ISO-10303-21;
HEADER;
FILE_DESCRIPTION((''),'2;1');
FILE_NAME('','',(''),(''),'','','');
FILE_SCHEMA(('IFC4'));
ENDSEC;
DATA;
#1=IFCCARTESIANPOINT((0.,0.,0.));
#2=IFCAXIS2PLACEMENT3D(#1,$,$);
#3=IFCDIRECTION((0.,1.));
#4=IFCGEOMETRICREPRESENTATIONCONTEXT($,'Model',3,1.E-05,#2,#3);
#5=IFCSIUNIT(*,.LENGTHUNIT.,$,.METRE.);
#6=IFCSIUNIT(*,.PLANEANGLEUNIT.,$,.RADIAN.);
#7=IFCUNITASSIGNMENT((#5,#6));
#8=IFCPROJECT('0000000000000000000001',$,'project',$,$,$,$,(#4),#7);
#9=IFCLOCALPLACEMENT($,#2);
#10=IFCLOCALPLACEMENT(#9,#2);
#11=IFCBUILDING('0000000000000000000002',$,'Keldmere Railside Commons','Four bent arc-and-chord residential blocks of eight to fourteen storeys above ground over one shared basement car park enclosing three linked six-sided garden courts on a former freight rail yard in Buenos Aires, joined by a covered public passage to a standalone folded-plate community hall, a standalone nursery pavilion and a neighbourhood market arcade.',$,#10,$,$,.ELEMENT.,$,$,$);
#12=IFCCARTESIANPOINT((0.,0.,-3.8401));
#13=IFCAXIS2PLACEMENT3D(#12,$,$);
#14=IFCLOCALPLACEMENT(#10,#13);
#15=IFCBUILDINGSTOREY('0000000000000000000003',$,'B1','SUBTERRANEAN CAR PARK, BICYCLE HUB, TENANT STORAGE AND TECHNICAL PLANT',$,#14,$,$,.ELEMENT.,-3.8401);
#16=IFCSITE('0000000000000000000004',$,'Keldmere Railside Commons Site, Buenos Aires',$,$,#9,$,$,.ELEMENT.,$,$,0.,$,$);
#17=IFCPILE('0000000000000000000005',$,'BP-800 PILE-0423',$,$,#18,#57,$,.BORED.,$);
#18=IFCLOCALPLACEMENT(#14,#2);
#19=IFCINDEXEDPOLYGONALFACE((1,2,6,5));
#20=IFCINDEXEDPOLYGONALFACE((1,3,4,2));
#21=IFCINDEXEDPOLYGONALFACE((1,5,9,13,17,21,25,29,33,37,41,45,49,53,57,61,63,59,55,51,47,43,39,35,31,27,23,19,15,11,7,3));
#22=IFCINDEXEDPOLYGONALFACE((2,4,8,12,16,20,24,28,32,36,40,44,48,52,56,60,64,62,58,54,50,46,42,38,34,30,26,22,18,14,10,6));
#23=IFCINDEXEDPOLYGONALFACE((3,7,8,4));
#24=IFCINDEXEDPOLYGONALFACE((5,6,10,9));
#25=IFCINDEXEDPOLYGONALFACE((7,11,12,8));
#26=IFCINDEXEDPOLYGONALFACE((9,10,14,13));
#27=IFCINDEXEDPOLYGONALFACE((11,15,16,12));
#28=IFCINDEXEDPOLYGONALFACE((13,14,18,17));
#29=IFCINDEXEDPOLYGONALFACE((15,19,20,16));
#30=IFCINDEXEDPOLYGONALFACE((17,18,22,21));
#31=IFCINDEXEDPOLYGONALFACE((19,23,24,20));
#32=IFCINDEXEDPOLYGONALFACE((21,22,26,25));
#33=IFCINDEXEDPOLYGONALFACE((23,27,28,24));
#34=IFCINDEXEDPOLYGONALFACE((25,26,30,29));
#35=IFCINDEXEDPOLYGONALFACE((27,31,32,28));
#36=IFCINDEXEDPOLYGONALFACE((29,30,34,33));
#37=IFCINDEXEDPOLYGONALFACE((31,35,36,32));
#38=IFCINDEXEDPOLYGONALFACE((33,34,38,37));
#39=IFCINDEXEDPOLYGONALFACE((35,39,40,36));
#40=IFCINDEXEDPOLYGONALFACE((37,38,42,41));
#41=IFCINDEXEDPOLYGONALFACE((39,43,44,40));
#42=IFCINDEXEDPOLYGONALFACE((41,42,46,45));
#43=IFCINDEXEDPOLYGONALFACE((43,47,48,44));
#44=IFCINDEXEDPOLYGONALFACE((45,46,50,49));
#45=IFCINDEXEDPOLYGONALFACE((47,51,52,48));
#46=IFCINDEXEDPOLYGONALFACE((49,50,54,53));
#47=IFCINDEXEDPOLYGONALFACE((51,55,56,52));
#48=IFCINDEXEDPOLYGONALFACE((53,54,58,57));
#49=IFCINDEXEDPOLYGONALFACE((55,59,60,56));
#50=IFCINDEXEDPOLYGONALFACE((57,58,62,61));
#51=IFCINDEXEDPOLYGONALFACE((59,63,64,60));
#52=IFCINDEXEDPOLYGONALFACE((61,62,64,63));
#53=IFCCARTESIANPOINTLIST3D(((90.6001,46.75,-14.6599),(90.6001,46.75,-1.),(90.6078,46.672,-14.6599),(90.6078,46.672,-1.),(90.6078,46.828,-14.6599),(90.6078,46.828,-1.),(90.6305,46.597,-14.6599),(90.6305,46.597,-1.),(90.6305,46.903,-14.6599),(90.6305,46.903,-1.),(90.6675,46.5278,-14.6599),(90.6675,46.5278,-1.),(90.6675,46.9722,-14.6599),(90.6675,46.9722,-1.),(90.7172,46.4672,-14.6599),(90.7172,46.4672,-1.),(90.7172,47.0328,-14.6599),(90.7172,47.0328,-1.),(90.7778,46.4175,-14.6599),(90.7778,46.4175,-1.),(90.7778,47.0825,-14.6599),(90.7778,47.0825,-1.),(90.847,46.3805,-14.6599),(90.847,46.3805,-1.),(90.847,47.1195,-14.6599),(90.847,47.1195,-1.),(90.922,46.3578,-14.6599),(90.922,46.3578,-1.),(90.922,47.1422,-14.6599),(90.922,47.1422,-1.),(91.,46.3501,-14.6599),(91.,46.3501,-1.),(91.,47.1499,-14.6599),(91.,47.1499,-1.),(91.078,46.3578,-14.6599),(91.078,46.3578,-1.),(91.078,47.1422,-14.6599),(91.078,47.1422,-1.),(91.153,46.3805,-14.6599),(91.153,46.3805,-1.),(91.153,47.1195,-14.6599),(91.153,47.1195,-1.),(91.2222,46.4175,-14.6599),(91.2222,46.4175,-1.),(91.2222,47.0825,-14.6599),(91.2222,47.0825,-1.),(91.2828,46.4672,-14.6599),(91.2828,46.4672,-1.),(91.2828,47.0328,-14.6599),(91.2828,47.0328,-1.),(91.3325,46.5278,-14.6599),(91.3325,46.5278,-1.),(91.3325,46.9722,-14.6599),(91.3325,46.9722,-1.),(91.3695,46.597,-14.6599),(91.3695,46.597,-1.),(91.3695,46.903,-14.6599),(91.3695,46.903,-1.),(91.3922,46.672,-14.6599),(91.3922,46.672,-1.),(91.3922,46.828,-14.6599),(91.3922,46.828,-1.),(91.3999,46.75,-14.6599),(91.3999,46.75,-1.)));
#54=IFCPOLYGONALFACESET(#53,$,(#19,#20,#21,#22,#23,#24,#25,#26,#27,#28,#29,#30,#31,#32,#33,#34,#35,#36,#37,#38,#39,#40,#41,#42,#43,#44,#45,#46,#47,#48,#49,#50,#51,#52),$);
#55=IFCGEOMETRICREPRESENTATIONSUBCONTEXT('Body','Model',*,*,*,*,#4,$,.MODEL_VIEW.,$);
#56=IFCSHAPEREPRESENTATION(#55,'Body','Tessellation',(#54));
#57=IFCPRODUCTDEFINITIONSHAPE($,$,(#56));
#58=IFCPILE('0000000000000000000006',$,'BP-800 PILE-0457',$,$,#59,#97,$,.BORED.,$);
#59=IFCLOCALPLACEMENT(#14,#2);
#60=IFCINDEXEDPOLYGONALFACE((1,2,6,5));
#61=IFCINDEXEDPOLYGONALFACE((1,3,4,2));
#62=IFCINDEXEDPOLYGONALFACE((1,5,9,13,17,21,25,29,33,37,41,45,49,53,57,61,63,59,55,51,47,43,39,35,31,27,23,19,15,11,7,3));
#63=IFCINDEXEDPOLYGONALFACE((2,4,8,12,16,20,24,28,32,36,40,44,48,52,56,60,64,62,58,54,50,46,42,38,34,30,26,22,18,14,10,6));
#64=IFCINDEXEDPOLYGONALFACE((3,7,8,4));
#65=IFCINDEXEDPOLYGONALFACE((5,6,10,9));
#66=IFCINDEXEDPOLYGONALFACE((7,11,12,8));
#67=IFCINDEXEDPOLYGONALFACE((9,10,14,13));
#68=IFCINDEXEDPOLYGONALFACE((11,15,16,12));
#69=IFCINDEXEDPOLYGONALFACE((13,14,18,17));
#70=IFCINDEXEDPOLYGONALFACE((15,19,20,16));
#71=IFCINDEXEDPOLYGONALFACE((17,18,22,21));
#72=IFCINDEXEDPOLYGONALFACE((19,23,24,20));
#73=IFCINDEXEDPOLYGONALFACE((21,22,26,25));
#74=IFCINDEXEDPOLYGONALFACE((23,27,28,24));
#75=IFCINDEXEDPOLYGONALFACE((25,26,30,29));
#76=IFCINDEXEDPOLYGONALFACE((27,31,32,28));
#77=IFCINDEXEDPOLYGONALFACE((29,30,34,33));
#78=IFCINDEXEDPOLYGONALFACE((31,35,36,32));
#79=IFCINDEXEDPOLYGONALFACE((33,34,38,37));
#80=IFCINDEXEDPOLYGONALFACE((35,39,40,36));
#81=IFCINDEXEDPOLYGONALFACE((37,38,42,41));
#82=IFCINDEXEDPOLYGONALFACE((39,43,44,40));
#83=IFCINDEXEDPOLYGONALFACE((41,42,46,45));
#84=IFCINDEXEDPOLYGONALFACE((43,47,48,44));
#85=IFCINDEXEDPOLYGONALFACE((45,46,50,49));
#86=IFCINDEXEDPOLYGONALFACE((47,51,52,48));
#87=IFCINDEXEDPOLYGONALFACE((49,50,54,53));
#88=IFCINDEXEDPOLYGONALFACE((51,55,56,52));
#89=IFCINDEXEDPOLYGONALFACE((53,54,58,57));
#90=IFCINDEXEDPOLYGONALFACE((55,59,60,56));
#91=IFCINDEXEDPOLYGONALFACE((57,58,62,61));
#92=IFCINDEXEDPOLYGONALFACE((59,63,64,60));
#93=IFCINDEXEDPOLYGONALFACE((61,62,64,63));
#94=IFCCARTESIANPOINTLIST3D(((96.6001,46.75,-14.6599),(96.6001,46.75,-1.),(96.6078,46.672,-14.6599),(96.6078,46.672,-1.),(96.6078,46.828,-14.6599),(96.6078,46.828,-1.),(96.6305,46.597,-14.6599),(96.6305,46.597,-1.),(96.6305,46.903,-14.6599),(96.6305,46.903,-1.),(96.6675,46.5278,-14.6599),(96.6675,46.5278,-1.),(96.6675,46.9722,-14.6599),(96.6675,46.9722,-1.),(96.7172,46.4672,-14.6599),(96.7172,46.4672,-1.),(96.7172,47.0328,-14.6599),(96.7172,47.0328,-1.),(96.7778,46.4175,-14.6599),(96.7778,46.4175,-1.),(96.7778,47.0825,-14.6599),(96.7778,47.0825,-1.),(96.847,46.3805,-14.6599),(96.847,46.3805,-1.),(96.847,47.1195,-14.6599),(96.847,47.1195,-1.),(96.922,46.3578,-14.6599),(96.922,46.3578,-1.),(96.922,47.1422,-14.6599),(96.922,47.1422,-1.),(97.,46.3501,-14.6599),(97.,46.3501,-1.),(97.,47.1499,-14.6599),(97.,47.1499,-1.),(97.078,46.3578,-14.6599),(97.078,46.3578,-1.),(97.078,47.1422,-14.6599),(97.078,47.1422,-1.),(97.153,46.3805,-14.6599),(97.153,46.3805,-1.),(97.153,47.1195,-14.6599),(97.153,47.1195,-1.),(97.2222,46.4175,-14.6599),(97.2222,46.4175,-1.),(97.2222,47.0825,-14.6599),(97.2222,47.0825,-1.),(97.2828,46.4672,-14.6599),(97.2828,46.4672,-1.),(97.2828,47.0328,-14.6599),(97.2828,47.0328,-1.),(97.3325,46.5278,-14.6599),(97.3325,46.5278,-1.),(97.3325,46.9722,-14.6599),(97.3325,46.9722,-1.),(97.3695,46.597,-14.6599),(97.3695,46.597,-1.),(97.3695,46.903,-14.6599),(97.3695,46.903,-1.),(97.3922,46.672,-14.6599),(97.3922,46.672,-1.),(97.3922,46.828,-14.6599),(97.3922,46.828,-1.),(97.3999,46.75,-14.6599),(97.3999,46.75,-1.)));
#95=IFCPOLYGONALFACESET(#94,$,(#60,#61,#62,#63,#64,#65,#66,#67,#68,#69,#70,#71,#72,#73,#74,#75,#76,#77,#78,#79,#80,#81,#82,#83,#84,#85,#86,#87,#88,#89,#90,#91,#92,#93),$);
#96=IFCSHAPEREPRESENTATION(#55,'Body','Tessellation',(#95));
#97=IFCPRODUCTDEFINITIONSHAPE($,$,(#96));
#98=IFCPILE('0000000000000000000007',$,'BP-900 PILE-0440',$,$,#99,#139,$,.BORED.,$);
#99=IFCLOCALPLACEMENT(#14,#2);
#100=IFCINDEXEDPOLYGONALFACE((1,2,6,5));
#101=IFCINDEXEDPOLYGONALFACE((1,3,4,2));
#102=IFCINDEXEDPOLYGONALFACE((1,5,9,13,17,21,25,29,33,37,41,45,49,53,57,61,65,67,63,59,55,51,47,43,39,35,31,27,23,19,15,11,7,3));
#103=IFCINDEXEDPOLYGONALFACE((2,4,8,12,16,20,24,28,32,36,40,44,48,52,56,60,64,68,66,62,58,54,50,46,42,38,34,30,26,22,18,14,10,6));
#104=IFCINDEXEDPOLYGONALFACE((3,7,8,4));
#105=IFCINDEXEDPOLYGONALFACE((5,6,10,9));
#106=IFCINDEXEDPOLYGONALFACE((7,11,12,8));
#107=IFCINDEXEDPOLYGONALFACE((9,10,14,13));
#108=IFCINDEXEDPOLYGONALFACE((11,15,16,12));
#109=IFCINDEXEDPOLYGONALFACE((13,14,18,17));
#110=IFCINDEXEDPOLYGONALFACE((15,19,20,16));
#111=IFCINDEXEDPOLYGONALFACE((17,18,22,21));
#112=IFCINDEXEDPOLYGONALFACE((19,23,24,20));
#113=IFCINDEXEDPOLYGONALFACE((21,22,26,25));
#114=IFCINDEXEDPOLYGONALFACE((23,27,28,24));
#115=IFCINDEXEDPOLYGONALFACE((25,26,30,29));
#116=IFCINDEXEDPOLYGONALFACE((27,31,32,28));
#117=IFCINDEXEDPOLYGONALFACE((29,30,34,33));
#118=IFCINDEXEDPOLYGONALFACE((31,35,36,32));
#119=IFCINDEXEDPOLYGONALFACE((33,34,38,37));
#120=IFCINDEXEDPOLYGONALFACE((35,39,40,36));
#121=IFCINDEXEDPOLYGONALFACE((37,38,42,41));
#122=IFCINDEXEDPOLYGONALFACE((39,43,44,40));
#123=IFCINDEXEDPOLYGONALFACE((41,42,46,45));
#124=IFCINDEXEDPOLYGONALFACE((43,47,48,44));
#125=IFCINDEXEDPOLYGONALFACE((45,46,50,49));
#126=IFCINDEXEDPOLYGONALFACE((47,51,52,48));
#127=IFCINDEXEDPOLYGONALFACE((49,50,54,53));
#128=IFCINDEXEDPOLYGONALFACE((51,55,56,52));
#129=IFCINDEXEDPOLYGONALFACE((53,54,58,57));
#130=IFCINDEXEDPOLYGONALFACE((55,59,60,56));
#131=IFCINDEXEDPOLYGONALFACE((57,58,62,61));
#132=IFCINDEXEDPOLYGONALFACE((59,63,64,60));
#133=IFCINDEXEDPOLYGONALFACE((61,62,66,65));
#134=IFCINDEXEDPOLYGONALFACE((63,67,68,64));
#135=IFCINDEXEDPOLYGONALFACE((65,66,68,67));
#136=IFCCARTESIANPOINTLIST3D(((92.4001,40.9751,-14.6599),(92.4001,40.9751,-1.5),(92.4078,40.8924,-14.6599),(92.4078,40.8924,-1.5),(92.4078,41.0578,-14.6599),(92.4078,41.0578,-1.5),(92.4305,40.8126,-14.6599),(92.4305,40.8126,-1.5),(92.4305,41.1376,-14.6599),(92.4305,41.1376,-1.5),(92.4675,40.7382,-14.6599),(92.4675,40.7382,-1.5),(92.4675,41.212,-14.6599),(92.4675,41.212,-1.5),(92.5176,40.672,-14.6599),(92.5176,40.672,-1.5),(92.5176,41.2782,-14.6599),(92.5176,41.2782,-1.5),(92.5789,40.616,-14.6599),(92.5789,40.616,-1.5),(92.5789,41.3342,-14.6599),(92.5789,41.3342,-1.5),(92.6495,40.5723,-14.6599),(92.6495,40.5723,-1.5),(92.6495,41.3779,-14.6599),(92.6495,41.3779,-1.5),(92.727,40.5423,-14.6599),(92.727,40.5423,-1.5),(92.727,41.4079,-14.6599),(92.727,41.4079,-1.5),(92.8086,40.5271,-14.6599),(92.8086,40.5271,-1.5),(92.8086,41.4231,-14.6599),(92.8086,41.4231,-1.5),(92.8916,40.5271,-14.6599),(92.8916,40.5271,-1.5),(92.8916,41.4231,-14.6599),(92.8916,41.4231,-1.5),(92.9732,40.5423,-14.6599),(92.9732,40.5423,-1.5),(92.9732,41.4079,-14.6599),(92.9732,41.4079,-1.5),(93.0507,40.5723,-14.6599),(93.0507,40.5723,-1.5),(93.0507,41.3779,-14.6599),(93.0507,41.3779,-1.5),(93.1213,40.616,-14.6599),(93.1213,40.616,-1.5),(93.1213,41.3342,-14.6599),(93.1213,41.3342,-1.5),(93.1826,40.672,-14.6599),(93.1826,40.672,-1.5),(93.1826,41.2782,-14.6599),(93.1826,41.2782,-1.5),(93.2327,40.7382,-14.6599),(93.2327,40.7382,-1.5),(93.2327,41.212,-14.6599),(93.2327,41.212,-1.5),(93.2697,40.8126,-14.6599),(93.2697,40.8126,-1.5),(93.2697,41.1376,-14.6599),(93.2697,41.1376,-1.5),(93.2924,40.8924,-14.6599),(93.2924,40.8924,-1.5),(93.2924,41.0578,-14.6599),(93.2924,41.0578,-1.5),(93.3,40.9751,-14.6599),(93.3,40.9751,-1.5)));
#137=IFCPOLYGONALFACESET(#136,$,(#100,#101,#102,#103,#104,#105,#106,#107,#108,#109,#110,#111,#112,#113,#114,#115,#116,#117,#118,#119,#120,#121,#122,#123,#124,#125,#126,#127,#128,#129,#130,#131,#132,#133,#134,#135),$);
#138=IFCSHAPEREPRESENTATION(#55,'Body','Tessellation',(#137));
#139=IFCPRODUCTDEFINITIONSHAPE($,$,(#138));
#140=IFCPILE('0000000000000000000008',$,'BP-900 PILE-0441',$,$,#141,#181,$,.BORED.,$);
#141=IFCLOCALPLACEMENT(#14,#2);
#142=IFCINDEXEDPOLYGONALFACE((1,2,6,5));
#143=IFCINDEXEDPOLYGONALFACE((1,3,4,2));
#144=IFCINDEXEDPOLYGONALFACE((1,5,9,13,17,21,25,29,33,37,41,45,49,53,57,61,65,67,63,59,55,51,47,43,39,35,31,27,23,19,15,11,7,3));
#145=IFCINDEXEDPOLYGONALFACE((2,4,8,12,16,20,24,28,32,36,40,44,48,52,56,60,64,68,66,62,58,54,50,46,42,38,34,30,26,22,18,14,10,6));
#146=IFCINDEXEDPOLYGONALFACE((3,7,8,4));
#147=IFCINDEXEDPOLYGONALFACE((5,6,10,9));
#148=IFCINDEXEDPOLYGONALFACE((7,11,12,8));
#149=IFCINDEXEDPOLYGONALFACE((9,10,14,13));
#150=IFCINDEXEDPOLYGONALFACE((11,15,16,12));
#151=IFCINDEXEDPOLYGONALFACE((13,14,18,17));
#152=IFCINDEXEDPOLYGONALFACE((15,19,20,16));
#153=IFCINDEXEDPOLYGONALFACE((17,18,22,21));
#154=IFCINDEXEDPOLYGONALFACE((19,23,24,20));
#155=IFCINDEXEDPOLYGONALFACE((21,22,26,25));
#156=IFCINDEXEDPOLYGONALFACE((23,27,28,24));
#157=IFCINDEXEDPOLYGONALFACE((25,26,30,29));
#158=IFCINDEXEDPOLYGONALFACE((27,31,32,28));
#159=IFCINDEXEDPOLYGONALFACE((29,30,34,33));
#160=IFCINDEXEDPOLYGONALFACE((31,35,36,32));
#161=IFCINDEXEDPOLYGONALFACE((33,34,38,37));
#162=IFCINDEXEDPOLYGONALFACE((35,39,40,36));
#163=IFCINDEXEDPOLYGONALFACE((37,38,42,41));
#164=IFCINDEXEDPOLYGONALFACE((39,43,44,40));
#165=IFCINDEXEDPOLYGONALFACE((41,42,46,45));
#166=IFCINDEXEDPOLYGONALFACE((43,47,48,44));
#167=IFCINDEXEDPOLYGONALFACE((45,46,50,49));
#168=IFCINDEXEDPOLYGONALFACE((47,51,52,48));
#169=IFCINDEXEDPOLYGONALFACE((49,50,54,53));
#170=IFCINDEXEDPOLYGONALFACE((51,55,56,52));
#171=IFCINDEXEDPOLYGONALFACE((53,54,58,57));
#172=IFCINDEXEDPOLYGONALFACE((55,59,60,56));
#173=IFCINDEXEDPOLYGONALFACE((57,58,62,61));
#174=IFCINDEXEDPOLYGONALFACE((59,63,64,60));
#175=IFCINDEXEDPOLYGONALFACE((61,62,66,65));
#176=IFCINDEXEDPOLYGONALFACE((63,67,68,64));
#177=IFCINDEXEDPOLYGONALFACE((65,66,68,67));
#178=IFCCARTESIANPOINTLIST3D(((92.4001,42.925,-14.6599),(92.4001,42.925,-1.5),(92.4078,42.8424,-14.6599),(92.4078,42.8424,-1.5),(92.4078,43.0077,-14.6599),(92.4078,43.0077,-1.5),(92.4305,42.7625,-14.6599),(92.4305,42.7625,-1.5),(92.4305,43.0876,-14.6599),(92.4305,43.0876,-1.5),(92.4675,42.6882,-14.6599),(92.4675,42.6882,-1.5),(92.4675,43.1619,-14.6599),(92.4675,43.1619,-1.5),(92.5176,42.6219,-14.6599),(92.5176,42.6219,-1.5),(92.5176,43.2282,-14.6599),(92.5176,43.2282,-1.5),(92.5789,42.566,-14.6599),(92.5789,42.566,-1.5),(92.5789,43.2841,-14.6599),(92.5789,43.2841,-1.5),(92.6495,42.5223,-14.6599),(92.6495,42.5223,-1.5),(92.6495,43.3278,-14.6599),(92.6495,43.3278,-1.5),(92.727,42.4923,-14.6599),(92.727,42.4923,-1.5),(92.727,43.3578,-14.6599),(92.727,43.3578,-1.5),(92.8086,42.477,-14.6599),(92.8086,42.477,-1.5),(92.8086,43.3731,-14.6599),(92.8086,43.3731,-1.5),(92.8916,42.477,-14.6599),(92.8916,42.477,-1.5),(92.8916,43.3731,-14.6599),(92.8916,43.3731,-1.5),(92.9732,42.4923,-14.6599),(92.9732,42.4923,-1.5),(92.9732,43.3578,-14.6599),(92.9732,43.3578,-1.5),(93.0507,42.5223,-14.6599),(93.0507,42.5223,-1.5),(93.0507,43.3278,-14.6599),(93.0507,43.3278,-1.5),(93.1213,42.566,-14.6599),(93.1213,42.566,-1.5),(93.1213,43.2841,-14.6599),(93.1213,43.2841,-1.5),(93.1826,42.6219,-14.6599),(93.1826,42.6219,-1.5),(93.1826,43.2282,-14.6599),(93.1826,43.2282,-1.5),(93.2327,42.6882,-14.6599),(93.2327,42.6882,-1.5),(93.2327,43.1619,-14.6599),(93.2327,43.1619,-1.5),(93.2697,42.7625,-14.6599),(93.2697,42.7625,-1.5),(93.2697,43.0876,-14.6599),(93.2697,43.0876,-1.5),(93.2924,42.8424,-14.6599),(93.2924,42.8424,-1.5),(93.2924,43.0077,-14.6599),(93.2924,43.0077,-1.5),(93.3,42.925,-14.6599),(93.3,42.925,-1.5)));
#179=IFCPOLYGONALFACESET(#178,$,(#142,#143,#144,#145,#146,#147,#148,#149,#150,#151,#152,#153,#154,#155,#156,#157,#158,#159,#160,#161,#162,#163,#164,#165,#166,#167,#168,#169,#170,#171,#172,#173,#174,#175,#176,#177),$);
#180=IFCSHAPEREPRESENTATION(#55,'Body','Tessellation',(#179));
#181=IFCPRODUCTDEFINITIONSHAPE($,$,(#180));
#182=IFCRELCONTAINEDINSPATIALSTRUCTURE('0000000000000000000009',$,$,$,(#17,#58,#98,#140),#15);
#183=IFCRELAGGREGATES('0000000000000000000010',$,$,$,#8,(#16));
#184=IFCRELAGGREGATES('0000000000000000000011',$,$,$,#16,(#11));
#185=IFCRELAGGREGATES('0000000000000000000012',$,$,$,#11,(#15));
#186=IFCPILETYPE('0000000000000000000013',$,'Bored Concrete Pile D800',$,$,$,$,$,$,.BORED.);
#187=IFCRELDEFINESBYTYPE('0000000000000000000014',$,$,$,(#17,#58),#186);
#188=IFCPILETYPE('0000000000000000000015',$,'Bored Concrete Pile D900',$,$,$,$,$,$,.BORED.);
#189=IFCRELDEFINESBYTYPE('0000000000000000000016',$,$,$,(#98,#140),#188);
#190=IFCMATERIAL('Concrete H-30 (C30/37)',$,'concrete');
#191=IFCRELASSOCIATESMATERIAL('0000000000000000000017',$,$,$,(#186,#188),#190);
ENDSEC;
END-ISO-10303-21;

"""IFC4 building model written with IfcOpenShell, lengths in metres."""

from ifc_helpers import new_model, si_unit, direction, frame, origin, origin_2d, place, context, subcontext, project, spatial, circle, extrude, material, material_profile, profile_set, type_object, element, save


model = new_model("IFC4")

# Units and contexts
model_context = context("Model", 3, precision=1e-05, world=origin(), true_north=direction((0.0, 1.0)))
body_context = subcontext(model_context, "Body", "Model", "MODEL_VIEW")
ifc_project = project(units=[si_unit("LENGTHUNIT", "METRE"), si_unit("PLANEANGLEUNIT", "RADIAN")], contexts=[model_context])

# Site, building, storey
site_placement = place(None, origin())
site = spatial("IfcSite", under=ifc_project, at=site_placement, Name="Keldmere Railside Commons Site, Buenos Aires", CompositionType="ELEMENT", RefElevation=0.0)
building_placement = place(site_placement, origin())
building = spatial("IfcBuilding", under=site, at=building_placement, Name="Keldmere Railside Commons", Description="Four bent arc-and-chord residential blocks of eight to fourteen storeys above ground over one shared basement car park enclosing three linked six-sided garden courts on a former freight rail yard in Buenos Aires, joined by a covered public passage to a standalone folded-plate community hall, a standalone nursery pavilion and a neighbourhood market arcade.", CompositionType="ELEMENT")
storey_placement = place(building_placement, frame((0.0, 0.0, -3.8401)))
storey = spatial("IfcBuildingStorey", under=building, at=storey_placement, Name="B1", Description="SUBTERRANEAN CAR PARK, BICYCLE HUB, TENANT STORAGE AND TECHNICAL PLANT", CompositionType="ELEMENT", Elevation=-3.8401)

# Piles
ifc_material_1 = material(Name="Concrete H-30 (C30/37)", Category="concrete")
ifc_material_profile_1 = material_profile(ifc_material_1, circle(Radius=0.3999, at=origin_2d()), Name="PILE-D800")
ifc_profile_set_1 = profile_set([ifc_material_profile_1], Name="Concrete H-30 (C30/37)")
pile_type_1 = type_object("IfcPileType", Name="Bored Concrete Pile D800", PredefinedType="BORED", material=ifc_profile_set_1)
for number, where, z_axis, x_axis, name in (
    (1, (91.0, 46.75, -1.0), (0.0, 0.0, -1.0), (1.0, 0.0, 0.0), "BP-800 PILE-0423"),
    (2, (97.0, 46.75, -1.0), (0.0, 0.0, -1.0), (1.0, 0.0, 0.0), "BP-800 PILE-0457"),
):
    element("IfcPile", number, at=place(storey_placement, frame(where, z_axis=z_axis, x_axis=x_axis)), inside=storey, type_object=pile_type_1, Name=name, PredefinedType="BORED", context=body_context, shape_type="SweptSolid", body=[
        extrude(circle(Radius=0.3999, at=origin_2d()), origin(), (0.0, 0.0, 1.0), 13.6599),
    ])
ifc_material_profile_2 = material_profile(ifc_material_1, circle(Radius=0.45, at=origin_2d()), Name="PILE-D900")
ifc_profile_set_2 = profile_set([ifc_material_profile_2], Name="Concrete H-30 (C30/37)")
pile_type_2 = type_object("IfcPileType", Name="Bored Concrete Pile D900", PredefinedType="BORED", material=ifc_profile_set_2)
for number, where, z_axis, x_axis, name in (
    (3, (92.8501, 40.9751, -1.5), (0.0, 0.0, -1.0), (1.0, 0.0, 0.0), "BP-900 PILE-0440"),
    (4, (92.8501, 42.925, -1.5), (0.0, 0.0, -1.0), (1.0, 0.0, 0.0), "BP-900 PILE-0441"),
):
    element("IfcPile", number, at=place(storey_placement, frame(where, z_axis=z_axis, x_axis=x_axis)), inside=storey, type_object=pile_type_2, Name=name, PredefinedType="BORED", context=body_context, shape_type="SweptSolid", body=[
        extrude(circle(Radius=0.45, at=origin_2d()), origin(), (0.0, 0.0, 1.0), 13.1599),
    ])

save(model, "model.ifc")
